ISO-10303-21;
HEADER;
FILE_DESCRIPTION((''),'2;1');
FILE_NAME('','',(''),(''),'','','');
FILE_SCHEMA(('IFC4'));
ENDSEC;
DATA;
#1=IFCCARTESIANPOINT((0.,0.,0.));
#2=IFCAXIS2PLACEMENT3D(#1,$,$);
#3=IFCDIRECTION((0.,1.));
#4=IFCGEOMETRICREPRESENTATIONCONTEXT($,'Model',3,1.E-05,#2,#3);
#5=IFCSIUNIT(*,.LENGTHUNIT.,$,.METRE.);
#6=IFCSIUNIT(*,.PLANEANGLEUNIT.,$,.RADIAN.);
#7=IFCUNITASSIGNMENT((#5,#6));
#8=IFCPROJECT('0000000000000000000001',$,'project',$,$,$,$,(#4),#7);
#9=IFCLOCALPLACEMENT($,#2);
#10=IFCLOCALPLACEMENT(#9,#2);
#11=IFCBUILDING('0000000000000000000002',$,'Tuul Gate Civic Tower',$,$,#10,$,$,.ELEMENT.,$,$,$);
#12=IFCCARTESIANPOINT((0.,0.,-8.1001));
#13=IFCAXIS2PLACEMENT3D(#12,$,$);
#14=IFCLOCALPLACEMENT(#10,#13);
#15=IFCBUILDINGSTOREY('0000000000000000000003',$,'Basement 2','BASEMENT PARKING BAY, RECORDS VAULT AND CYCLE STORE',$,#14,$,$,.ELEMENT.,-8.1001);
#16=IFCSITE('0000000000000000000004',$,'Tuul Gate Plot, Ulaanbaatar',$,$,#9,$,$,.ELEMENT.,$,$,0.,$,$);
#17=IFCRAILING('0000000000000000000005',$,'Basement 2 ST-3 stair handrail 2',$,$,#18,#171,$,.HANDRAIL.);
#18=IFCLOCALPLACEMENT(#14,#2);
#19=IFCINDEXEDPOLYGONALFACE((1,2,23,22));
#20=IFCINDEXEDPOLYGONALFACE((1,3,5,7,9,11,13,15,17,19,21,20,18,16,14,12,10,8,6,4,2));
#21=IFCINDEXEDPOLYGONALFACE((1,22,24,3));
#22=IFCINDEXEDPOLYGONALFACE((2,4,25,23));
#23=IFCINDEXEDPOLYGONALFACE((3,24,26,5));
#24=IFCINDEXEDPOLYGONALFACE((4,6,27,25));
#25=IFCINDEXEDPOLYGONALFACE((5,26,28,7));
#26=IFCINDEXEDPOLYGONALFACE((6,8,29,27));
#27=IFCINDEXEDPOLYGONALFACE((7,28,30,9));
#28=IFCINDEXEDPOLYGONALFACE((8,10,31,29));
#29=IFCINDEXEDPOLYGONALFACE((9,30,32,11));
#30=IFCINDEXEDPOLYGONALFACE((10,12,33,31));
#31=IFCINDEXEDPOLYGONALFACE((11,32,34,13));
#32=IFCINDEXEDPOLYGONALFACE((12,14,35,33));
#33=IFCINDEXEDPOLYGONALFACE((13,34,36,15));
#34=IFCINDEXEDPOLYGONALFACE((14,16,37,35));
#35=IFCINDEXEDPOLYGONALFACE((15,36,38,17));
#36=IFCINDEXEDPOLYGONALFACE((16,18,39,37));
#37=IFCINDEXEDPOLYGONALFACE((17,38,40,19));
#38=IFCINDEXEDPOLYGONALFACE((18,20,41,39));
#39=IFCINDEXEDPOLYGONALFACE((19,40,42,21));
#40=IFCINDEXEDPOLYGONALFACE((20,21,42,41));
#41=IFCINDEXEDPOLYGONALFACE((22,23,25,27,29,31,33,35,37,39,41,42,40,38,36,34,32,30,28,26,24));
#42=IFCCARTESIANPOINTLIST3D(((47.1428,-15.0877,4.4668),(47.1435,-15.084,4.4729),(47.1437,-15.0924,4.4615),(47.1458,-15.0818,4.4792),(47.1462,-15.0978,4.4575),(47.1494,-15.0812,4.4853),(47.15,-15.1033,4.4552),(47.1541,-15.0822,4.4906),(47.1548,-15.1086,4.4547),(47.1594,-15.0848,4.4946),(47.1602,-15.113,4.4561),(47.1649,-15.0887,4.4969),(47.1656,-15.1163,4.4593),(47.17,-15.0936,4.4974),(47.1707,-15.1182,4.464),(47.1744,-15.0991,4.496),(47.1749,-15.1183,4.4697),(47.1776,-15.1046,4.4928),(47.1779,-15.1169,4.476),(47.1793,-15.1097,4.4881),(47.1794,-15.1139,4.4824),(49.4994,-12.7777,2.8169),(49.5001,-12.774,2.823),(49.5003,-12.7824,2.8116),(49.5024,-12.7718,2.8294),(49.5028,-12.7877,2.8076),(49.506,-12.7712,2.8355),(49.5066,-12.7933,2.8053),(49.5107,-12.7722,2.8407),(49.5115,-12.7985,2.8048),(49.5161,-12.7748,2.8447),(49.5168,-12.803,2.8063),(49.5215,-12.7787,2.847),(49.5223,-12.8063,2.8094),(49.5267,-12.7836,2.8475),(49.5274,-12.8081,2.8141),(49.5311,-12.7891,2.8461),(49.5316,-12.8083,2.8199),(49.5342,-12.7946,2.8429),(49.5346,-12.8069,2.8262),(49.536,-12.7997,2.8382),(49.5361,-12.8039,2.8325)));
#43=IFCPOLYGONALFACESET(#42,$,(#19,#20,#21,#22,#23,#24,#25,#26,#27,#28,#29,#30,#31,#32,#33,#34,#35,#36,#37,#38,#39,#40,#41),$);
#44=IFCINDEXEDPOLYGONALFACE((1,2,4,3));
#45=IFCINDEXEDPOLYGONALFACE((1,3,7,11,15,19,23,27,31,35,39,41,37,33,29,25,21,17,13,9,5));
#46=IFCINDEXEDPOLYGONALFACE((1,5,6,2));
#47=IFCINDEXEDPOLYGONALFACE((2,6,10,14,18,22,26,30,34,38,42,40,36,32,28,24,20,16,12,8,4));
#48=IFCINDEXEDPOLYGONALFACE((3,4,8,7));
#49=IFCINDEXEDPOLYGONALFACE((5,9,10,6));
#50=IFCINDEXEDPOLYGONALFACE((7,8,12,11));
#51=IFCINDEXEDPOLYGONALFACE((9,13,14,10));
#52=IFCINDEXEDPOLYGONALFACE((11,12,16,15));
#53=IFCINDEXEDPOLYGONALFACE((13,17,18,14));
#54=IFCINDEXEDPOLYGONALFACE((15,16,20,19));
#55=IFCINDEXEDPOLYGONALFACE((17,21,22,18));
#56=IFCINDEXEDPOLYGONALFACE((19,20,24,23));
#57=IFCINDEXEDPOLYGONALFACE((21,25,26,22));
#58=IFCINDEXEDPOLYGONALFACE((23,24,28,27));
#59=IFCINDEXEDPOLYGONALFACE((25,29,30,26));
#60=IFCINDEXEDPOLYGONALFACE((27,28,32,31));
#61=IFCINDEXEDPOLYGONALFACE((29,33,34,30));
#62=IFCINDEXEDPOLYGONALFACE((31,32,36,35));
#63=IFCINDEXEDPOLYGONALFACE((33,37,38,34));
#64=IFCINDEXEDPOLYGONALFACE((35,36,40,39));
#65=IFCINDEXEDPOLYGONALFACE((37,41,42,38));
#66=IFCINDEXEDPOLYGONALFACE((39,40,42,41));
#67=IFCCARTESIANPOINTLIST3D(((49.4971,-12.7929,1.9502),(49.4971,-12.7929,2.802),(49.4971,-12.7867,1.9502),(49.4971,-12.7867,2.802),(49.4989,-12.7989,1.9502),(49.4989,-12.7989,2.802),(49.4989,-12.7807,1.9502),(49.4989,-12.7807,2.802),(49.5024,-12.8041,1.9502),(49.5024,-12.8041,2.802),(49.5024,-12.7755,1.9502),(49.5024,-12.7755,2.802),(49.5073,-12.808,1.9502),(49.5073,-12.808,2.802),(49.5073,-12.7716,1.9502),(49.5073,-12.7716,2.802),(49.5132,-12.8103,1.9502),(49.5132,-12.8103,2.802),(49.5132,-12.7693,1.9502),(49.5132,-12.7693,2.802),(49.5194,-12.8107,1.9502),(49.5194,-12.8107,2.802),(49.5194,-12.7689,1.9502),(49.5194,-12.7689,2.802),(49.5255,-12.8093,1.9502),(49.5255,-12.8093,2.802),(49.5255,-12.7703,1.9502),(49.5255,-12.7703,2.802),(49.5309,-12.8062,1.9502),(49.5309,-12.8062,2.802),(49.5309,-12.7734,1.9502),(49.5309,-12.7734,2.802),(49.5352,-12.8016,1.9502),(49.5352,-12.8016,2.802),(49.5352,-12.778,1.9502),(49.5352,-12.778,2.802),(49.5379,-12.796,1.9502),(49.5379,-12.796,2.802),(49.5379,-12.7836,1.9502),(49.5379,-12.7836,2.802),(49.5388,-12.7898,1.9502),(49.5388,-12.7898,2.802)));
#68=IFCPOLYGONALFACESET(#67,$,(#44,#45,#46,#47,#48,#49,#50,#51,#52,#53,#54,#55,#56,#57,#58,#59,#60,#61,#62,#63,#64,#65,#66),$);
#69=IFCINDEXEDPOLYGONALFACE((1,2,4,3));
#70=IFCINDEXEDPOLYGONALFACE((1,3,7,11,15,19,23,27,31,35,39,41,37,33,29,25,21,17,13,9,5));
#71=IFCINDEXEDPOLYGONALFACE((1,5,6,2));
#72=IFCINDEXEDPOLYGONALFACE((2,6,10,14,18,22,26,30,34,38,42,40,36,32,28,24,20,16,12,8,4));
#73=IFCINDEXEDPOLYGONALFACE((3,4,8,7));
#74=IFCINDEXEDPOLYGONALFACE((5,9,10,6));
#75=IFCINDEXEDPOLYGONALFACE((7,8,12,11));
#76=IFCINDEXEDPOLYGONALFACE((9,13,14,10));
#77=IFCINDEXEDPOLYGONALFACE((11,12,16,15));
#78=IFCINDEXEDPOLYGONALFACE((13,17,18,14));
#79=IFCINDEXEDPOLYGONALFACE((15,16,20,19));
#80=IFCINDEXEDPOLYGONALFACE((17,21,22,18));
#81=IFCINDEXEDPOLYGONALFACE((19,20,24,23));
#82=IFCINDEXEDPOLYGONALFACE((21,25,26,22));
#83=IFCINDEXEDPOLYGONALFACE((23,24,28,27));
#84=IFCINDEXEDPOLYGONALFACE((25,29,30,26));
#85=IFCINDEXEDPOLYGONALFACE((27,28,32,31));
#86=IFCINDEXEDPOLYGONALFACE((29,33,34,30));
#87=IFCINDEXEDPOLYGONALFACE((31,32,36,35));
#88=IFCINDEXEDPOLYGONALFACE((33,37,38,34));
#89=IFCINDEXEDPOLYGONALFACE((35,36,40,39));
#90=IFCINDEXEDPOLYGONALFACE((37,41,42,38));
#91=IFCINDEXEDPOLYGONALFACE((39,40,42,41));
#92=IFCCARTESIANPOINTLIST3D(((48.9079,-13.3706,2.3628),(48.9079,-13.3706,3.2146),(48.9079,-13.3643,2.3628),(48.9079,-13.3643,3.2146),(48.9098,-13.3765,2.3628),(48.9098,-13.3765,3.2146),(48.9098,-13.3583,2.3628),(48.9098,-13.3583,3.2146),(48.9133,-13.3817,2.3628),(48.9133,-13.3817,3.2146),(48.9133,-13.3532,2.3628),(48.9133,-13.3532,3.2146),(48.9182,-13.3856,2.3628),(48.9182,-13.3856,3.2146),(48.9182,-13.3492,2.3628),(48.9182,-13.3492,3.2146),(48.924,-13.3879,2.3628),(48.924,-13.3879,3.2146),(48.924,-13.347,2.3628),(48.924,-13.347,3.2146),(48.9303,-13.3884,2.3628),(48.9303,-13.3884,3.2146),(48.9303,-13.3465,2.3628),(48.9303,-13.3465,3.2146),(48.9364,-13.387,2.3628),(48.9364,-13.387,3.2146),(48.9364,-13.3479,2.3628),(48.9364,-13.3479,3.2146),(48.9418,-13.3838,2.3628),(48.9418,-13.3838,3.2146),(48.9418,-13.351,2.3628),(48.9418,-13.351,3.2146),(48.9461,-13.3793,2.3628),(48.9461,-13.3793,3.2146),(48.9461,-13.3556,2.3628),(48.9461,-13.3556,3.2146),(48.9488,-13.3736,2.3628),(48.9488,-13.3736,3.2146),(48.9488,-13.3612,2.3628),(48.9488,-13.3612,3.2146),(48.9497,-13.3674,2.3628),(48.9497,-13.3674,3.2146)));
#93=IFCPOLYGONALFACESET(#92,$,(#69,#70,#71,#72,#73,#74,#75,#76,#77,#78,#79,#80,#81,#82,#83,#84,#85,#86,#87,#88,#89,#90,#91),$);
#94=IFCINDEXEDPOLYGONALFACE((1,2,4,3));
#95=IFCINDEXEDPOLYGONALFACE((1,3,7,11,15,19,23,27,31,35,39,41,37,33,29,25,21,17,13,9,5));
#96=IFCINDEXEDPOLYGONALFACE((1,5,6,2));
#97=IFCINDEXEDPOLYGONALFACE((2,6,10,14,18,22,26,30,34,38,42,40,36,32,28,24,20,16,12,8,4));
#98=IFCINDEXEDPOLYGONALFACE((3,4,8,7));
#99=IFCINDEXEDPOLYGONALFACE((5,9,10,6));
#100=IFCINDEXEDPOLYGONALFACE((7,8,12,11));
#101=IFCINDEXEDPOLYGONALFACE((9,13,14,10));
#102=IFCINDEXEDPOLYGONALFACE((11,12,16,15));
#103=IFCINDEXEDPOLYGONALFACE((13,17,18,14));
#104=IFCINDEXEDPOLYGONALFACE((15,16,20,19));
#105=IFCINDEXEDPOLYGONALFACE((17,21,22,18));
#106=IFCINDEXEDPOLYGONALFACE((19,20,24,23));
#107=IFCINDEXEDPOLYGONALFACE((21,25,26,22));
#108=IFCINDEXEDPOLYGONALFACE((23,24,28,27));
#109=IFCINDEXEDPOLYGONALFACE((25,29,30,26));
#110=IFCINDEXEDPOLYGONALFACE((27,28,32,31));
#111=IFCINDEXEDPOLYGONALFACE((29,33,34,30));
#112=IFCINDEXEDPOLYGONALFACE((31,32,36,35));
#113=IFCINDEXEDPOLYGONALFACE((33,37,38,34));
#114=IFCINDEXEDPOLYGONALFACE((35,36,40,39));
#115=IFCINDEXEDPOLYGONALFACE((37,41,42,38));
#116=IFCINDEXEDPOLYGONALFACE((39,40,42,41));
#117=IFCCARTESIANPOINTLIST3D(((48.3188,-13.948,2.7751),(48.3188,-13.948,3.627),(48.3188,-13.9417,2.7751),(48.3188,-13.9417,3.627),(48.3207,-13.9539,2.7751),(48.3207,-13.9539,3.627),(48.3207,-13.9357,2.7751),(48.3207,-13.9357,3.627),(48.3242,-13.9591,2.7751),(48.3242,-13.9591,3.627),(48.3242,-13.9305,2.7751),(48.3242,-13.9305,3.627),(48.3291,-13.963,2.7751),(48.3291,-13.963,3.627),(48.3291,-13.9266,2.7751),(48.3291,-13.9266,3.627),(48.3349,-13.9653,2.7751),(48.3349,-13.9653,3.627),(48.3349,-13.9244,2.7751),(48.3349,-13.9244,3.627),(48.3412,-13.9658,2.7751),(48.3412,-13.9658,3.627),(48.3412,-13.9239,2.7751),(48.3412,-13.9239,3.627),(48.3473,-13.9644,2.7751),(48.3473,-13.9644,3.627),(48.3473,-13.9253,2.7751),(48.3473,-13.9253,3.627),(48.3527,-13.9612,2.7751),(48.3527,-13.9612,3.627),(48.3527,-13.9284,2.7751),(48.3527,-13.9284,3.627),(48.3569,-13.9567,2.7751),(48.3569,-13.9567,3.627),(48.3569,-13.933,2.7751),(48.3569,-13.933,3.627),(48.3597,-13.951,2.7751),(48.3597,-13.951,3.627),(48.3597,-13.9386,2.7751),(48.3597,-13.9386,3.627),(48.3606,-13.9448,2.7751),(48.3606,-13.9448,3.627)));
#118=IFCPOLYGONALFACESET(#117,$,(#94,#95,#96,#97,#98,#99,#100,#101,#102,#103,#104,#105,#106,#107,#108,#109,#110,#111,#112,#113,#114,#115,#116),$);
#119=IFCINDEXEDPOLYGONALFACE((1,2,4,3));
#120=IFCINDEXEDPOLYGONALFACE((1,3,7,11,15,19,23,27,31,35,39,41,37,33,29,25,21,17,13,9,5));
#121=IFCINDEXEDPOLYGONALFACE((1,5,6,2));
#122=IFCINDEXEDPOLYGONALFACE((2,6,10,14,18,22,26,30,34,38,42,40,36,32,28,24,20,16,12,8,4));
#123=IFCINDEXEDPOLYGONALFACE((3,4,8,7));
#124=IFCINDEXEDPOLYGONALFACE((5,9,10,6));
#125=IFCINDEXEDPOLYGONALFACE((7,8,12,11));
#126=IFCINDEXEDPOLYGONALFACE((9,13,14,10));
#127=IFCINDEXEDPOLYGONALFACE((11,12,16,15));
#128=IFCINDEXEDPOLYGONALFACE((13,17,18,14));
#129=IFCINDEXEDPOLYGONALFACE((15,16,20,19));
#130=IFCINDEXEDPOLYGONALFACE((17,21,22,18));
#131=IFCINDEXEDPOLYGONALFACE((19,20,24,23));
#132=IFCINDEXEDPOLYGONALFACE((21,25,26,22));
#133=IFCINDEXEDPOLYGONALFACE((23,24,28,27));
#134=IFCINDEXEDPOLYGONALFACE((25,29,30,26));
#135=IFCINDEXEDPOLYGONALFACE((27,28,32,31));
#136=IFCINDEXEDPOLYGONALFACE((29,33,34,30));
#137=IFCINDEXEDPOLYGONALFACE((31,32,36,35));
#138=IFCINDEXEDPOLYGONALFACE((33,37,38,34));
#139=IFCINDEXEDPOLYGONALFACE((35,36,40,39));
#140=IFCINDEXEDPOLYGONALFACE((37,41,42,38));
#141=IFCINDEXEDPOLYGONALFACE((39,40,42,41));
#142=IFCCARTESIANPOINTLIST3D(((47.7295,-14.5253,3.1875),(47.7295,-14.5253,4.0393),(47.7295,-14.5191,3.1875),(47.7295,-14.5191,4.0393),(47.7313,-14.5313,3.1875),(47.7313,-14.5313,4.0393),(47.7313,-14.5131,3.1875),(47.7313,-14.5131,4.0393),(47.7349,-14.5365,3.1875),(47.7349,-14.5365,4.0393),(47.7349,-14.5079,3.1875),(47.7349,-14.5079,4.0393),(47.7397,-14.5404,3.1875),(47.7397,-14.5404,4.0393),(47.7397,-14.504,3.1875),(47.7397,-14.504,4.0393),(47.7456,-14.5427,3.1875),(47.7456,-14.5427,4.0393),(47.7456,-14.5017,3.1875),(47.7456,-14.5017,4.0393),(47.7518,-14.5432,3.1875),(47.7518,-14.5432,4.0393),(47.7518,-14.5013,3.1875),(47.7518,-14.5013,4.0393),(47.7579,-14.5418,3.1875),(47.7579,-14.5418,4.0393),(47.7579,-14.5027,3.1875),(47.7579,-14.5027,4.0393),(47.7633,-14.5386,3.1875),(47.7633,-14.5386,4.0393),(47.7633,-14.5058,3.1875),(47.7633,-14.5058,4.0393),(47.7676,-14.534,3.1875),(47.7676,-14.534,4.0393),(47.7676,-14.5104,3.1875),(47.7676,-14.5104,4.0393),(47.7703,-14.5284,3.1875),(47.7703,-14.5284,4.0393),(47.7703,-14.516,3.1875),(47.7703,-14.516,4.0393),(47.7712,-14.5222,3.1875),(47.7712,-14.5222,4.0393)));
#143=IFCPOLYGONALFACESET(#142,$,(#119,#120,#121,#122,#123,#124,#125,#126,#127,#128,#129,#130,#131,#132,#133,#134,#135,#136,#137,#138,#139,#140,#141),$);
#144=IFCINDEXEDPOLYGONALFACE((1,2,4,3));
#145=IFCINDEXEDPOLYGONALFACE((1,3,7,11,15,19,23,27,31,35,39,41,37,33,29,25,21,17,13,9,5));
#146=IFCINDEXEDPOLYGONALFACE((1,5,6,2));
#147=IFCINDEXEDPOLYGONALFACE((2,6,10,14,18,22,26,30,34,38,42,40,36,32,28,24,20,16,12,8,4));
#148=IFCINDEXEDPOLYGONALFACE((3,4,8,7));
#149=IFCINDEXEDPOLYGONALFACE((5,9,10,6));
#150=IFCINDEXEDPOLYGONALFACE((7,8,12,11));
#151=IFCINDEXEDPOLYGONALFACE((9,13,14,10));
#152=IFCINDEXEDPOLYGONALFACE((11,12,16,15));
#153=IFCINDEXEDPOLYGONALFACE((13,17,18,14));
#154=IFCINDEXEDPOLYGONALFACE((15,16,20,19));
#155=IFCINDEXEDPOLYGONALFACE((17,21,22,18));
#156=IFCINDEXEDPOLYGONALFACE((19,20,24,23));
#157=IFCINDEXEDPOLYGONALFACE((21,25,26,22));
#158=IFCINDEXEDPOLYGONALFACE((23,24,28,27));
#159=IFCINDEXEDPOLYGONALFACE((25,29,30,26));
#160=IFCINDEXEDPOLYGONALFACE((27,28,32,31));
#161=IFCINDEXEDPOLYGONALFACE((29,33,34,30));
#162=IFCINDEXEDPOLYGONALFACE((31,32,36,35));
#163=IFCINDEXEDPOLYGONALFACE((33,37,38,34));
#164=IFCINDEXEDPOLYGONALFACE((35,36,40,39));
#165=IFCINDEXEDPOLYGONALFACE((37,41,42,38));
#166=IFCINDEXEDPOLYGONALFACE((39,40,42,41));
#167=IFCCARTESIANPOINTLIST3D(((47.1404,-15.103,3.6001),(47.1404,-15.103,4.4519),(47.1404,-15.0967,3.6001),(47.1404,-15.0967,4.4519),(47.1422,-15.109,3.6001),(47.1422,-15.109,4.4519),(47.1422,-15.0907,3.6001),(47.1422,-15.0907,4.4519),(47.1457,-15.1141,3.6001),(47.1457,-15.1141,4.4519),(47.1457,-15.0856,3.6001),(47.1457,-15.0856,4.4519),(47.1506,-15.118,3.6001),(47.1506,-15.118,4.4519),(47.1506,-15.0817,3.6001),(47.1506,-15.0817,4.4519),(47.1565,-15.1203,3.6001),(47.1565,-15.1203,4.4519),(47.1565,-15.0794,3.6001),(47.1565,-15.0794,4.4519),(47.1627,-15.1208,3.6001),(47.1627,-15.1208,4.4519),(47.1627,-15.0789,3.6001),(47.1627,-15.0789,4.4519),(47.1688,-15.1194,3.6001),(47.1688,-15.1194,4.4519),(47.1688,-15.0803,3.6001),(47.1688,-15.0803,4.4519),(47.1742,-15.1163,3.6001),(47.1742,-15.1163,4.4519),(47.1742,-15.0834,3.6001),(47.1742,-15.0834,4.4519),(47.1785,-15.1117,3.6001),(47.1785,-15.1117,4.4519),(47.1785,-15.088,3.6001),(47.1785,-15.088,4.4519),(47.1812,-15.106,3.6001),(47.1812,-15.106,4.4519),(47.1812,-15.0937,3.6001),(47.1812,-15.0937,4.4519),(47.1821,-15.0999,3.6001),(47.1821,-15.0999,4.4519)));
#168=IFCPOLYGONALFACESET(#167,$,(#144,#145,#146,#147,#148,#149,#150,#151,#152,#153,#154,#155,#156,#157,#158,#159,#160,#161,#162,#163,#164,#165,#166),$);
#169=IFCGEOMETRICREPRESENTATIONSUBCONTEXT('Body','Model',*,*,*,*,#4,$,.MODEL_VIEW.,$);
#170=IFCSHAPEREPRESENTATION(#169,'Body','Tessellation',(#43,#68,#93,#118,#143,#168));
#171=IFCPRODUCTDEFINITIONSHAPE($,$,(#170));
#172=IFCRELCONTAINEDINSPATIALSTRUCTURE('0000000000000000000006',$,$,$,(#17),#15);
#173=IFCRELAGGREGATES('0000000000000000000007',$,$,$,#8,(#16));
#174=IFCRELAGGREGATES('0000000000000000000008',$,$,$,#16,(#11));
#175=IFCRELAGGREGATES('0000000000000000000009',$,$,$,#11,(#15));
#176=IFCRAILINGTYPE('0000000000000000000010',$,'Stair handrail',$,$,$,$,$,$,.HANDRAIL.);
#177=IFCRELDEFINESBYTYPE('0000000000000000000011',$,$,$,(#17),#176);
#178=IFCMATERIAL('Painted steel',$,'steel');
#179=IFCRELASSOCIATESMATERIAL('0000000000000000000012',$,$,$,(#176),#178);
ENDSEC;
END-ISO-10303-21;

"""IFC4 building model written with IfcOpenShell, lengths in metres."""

from ifc_helpers import new_model, si_unit, direction, frame, origin, origin_2d, place, context, subcontext, project, spatial, circle, extrude, material, type_object, element, save


model = new_model("IFC4")

# Units and contexts
model_context = context("Model", 3, precision=1e-05, world=origin(), true_north=direction((0.0, 1.0)))
body_context = subcontext(model_context, "Body", "Model", "MODEL_VIEW")
ifc_project = project(units=[si_unit("LENGTHUNIT", "METRE"), si_unit("PLANEANGLEUNIT", "RADIAN")], contexts=[model_context])

# Site, building, storey
site_placement = place(None, origin())
site = spatial("IfcSite", under=ifc_project, at=site_placement, Name="Tuul Gate Plot, Ulaanbaatar", CompositionType="ELEMENT", RefElevation=0.0)
building_placement = place(site_placement, origin())
building = spatial("IfcBuilding", under=site, at=building_placement, Name="Tuul Gate Civic Tower", CompositionType="ELEMENT")
storey_placement = place(building_placement, frame((0.0, 0.0, -8.1001)))
storey = spatial("IfcBuildingStorey", under=building, at=storey_placement, Name="Basement 2", Description="BASEMENT PARKING BAY, RECORDS VAULT AND CYCLE STORE", CompositionType="ELEMENT", Elevation=-8.1001)

# Railing
ifc_material_1 = material(Name="Painted steel", Category="steel")
railing_type_1 = type_object("IfcRailingType", Name="Stair handrail", PredefinedType="HANDRAIL", material=ifc_material_1)
railing_1_placement = place(storey_placement, frame((49.5178, -12.7898, 1.9502)))
element("IfcRailing", 1, at=railing_1_placement, inside=storey, type_object=railing_type_1, Name="Basement 2 ST-3 stair handrail 2", PredefinedType="HANDRAIL", context=body_context, shape_type="SweptSolid", body=[
    extrude(circle(Radius=0.0239, at=origin_2d()), frame((0.0, 0.0, 0.876), z_axis=(-0.638753, -0.626114, 0.447187), x_axis=(0.700006, -0.714137, 0.0)), (0.0, 0.0, 1.0), 3.6895),
    extrude(circle(Radius=0.021, at=origin_2d()), origin(), (0.0, 0.0, 1.0), 0.8518),
    extrude(circle(Radius=0.021, at=origin_2d()), frame((-0.5891, -0.5776, 0.4126)), (0.0, 0.0, 1.0), 0.8518),
    extrude(circle(Radius=0.021, at=origin_2d()), frame((-1.1782, -1.155, 0.825)), (0.0, 0.0, 1.0), 0.8518),
    extrude(circle(Radius=0.021, at=origin_2d()), frame((-1.7676, -1.7324, 1.2373)), (0.0, 0.0, 1.0), 0.8518),
    extrude(circle(Radius=0.021, at=origin_2d()), frame((-2.3567, -2.3101, 1.6499)), (0.0, 0.0, 1.0), 0.8518),
])

save(model, "model.ifc")
